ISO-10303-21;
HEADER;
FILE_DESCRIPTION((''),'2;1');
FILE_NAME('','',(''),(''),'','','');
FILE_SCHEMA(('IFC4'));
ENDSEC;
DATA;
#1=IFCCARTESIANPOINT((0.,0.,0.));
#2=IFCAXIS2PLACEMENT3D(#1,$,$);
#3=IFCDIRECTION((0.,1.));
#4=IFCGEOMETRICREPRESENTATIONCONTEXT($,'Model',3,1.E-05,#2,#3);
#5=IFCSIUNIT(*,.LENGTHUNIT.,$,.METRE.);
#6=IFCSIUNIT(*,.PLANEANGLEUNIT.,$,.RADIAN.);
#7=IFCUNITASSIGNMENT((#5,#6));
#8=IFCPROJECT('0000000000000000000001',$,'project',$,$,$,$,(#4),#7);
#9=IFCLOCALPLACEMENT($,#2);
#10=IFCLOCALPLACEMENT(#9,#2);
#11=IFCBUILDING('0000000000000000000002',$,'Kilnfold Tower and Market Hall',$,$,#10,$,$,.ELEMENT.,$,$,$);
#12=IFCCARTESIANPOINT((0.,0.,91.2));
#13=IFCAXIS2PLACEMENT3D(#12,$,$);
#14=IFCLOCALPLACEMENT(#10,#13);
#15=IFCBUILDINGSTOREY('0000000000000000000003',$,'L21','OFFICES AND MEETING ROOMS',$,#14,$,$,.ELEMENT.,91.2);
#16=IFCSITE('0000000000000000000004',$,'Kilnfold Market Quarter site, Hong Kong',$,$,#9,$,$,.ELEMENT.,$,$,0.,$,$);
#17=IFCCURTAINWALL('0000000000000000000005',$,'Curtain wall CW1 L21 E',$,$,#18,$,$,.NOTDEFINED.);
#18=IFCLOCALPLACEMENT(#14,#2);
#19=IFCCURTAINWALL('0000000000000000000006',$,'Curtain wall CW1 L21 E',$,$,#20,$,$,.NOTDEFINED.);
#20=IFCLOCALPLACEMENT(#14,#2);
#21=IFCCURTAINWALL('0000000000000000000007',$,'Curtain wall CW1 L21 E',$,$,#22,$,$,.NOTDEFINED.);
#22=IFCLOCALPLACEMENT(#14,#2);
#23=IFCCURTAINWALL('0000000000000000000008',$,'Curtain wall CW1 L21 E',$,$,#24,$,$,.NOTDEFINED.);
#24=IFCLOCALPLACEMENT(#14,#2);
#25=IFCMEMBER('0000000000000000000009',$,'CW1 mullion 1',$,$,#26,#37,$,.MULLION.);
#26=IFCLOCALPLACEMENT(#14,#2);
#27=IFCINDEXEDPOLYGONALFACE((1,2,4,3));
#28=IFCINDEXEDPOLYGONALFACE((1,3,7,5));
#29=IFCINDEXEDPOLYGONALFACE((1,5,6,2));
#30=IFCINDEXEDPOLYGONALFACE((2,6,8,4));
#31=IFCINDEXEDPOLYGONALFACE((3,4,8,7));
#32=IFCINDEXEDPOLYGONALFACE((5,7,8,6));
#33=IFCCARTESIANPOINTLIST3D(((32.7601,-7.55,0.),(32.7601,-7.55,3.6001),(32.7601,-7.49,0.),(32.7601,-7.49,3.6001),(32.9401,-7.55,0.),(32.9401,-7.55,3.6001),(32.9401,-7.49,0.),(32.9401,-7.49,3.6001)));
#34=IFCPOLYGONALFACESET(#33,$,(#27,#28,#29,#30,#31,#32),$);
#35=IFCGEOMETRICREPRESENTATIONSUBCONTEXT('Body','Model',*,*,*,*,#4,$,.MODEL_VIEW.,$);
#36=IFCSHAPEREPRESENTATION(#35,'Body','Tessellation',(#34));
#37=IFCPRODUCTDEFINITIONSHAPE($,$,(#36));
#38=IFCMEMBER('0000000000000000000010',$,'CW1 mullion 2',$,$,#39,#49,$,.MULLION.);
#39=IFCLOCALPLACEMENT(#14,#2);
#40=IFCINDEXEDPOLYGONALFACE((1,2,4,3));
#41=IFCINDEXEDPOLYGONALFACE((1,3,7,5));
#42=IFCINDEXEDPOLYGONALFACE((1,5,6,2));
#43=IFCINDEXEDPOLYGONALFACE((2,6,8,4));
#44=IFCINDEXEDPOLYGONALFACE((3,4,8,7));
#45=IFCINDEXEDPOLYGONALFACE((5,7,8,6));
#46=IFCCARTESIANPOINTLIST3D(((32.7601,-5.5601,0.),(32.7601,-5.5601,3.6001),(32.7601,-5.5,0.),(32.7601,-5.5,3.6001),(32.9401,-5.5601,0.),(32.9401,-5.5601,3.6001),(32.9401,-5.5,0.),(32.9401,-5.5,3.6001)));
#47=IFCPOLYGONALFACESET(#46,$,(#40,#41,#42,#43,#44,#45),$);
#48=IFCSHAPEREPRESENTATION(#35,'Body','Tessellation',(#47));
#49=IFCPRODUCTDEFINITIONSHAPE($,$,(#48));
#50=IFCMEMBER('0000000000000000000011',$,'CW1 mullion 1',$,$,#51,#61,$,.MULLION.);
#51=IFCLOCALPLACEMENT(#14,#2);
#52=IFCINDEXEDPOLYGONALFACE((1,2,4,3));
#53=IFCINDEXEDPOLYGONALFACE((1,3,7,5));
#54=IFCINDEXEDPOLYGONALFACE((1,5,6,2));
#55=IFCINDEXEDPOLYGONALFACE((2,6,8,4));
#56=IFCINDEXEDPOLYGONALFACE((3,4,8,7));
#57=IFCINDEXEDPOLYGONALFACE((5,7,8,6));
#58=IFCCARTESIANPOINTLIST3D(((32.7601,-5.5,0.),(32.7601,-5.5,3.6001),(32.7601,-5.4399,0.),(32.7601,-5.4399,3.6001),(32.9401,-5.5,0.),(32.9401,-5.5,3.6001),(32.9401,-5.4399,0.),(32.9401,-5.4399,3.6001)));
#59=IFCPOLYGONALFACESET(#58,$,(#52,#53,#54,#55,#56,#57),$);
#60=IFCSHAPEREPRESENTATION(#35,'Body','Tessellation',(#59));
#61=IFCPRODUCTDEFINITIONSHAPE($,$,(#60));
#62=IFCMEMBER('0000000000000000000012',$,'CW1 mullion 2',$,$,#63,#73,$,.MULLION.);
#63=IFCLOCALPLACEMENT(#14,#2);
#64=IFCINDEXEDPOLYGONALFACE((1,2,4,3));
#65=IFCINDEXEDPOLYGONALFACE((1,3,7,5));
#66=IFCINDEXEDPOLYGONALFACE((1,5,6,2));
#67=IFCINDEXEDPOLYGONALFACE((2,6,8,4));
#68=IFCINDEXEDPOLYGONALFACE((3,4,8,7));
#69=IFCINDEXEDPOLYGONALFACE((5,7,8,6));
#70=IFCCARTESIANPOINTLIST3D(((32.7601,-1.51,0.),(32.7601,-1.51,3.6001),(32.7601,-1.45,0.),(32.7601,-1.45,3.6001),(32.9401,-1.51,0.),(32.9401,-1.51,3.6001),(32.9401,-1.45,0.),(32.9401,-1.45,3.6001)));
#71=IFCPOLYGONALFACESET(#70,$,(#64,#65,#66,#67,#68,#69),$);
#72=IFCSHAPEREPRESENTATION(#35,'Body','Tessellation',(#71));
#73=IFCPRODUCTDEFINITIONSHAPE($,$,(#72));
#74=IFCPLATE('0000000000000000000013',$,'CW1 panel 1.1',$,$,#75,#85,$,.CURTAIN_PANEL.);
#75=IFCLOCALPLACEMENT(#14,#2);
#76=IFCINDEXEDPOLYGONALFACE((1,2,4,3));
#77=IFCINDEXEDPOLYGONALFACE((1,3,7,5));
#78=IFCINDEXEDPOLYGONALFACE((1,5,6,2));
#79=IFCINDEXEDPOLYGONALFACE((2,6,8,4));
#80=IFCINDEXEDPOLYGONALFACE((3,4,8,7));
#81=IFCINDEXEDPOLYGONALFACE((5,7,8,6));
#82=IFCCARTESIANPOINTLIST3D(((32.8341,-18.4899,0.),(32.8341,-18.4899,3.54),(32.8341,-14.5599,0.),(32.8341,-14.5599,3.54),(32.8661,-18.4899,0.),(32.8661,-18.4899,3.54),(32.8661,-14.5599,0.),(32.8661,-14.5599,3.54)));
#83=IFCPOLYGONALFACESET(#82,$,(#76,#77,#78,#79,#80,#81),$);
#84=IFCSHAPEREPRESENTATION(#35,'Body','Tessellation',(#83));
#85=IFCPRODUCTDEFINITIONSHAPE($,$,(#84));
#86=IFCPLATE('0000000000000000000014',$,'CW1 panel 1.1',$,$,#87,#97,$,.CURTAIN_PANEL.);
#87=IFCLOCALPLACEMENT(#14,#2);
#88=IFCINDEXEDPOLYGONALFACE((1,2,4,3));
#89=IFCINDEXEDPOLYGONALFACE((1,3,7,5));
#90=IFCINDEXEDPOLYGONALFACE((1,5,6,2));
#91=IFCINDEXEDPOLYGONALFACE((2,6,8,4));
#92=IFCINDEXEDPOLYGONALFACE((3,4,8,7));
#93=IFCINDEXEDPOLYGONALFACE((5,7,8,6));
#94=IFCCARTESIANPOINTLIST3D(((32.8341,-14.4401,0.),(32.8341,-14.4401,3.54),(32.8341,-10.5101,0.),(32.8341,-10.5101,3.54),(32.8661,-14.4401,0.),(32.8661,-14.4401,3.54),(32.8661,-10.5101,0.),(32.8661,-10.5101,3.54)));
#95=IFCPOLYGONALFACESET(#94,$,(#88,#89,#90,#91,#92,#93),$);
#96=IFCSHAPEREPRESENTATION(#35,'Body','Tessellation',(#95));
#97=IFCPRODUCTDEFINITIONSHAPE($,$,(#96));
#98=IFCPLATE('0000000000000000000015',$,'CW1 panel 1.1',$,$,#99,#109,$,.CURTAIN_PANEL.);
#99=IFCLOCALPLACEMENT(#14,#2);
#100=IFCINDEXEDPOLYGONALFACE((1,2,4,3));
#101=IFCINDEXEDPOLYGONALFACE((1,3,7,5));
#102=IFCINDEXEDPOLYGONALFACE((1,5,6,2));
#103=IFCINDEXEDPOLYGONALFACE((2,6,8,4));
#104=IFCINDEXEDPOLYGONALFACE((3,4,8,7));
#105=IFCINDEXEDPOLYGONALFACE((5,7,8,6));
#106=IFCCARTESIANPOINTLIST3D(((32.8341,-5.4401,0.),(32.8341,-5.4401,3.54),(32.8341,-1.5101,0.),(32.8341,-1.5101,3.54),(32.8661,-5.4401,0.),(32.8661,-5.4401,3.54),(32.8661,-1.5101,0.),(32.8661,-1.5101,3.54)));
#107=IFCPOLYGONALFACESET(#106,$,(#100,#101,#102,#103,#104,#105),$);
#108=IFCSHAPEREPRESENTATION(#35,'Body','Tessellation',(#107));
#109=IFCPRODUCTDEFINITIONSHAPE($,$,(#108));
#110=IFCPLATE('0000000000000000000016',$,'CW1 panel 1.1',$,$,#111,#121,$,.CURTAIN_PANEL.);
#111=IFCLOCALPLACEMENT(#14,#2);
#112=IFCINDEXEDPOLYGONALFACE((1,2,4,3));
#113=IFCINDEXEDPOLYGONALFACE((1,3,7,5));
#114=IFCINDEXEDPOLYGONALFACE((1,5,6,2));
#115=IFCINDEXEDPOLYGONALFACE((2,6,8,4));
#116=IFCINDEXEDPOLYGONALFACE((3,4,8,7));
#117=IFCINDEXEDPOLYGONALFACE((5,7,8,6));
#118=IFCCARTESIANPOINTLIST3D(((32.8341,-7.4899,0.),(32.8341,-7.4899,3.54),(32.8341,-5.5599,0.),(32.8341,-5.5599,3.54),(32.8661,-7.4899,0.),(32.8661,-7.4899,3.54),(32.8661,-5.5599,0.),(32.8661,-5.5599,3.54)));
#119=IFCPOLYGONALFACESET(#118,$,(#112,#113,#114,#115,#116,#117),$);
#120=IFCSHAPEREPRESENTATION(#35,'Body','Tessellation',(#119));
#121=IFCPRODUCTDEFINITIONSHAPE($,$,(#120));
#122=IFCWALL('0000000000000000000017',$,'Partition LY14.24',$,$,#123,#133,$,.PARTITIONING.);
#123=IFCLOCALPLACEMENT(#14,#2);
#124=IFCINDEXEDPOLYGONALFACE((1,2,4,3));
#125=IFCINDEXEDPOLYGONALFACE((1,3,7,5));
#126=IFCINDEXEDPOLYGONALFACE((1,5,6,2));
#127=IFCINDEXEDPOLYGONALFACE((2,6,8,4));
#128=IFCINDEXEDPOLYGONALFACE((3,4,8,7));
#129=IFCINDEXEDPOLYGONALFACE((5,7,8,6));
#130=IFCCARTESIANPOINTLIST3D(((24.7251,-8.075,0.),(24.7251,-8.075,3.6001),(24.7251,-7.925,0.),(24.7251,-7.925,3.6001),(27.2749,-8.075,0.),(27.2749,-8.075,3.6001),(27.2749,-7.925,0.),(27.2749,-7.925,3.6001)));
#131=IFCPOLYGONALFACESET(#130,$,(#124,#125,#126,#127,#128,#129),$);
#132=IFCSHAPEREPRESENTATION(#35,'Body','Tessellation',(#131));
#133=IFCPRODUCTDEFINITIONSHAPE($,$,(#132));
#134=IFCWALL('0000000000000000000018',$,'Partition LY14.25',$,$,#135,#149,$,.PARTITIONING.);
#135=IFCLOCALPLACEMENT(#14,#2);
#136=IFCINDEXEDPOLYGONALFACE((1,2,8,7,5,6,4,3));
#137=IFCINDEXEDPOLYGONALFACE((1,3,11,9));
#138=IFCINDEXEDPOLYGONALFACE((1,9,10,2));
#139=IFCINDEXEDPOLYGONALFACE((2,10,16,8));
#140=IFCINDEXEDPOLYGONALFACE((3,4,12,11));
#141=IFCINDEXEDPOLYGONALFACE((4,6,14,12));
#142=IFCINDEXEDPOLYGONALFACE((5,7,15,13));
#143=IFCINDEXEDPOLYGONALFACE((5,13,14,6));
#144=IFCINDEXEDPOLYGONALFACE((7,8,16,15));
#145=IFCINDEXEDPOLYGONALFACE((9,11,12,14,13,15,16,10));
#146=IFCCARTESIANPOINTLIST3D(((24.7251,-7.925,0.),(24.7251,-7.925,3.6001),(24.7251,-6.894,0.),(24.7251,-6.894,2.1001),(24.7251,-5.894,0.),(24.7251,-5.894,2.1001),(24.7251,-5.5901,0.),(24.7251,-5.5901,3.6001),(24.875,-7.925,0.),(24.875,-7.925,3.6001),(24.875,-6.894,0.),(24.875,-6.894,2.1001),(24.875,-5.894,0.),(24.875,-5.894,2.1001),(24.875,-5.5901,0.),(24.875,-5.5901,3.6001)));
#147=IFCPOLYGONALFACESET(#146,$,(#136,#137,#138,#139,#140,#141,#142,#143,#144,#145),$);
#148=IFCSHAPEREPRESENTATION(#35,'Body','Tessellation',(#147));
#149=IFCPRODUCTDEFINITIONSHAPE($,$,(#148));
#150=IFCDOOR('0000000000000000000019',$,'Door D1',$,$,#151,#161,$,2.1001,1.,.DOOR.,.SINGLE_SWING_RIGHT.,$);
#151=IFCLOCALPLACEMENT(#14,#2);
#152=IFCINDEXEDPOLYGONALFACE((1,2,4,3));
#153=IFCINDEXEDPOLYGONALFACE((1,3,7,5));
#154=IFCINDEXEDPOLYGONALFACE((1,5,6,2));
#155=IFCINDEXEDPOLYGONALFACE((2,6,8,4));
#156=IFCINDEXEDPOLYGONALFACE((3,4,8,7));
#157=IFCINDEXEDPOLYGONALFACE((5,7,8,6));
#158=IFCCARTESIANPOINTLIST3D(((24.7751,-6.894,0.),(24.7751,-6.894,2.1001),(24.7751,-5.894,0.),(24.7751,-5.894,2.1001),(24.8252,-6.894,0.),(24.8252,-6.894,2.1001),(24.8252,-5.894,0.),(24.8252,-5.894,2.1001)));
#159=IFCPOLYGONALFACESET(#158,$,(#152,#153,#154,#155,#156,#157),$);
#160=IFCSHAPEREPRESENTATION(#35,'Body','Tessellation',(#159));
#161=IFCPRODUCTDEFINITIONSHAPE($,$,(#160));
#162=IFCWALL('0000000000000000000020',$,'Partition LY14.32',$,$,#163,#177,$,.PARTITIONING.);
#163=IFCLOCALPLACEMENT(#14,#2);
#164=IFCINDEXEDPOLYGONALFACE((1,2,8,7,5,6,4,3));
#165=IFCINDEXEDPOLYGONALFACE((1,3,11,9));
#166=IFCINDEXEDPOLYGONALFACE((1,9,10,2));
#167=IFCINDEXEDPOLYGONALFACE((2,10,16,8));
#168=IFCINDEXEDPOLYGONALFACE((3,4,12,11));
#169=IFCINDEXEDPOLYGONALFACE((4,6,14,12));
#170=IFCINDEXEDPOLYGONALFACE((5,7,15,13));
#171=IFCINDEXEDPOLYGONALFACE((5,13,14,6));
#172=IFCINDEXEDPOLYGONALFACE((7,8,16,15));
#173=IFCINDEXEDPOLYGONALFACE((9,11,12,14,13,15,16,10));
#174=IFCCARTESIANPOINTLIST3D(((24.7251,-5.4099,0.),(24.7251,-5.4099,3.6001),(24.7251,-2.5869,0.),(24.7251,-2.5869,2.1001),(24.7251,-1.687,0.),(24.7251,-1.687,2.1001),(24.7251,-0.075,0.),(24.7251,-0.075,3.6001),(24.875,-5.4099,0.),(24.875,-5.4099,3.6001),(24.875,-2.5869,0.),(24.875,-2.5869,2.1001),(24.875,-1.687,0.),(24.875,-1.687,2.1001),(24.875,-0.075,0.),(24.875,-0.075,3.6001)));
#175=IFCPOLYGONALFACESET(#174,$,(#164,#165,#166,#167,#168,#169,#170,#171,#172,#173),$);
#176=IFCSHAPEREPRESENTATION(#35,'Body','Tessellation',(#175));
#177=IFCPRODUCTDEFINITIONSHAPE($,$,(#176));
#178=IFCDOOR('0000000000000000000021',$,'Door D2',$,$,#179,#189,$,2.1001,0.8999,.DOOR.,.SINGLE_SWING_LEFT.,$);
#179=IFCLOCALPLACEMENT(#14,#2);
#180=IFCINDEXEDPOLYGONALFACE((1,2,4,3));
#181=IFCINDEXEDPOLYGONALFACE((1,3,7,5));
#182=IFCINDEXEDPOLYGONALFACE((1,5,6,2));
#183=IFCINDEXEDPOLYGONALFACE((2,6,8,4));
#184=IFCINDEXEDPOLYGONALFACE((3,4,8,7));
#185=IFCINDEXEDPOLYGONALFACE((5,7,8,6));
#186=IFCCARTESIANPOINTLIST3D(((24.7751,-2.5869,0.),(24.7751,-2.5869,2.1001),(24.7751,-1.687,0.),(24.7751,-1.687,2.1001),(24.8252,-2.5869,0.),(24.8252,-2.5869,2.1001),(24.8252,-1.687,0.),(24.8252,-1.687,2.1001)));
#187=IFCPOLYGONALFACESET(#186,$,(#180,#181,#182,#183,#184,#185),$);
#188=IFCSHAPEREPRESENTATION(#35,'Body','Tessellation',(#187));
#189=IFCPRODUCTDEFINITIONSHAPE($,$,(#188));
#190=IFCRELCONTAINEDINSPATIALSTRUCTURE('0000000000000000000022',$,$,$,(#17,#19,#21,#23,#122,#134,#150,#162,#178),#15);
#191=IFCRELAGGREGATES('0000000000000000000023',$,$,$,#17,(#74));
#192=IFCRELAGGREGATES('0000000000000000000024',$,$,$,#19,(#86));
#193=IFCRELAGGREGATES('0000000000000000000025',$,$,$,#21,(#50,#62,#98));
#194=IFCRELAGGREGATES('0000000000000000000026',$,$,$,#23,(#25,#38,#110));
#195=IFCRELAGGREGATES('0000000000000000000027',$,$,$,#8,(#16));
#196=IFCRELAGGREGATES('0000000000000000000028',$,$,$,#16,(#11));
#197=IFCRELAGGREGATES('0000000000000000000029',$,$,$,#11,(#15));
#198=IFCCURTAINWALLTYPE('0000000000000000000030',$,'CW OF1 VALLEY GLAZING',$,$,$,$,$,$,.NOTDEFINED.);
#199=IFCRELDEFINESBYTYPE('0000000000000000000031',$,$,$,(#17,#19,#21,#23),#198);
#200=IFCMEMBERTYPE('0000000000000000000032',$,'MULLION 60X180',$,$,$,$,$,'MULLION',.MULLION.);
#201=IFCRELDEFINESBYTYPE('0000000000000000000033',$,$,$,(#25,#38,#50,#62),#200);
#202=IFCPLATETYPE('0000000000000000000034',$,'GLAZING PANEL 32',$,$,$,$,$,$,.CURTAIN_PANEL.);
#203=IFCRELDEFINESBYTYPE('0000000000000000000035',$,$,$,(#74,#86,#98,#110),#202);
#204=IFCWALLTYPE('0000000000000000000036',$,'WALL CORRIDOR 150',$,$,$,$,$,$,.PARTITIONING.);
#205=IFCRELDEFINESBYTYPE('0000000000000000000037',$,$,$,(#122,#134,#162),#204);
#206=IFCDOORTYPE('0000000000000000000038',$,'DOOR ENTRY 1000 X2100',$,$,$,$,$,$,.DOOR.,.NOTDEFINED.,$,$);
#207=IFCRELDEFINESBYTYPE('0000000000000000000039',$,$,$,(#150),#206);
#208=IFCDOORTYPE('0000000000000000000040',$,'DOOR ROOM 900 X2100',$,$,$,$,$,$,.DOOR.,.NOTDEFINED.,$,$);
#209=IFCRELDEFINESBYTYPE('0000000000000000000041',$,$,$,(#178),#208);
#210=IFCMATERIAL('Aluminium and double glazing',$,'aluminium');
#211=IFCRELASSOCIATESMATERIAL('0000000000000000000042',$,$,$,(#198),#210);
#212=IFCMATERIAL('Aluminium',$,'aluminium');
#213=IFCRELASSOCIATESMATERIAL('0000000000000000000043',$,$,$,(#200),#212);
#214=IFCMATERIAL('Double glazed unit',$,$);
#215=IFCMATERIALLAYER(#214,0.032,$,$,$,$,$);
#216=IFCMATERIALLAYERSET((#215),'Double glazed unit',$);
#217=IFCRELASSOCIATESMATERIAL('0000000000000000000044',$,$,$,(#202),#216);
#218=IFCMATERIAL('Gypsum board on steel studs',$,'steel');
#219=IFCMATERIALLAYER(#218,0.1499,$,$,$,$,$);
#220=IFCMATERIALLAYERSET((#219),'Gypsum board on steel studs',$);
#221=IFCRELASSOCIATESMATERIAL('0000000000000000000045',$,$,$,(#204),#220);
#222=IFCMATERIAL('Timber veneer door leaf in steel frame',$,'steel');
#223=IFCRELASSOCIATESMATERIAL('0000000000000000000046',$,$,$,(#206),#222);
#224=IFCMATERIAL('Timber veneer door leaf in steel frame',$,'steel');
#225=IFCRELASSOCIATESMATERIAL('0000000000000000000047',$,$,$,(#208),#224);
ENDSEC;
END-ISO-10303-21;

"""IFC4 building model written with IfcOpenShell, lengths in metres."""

from ifc_helpers import new_model, si_unit, direction, frame, frame_2d, origin, origin_2d, place, context, subcontext, project, spatial, rectangle, extrude, source, transform, mapped, material, layer, layer_set, material_profile, profile_set, type_object, element, fill, aggregate, save


model = new_model("IFC4")

# Units and contexts
model_context = context("Model", 3, precision=1e-05, world=origin(), true_north=direction((0.0, 1.0)))
body_context = subcontext(model_context, "Body", "Model", "MODEL_VIEW")
ifc_project = project(units=[si_unit("LENGTHUNIT", "METRE"), si_unit("PLANEANGLEUNIT", "RADIAN")], contexts=[model_context])

# Site, building, storey
site_placement = place(None, origin())
site = spatial("IfcSite", under=ifc_project, at=site_placement, Name="Kilnfold Market Quarter site, Hong Kong", CompositionType="ELEMENT", RefElevation=0.0)
building_placement = place(site_placement, origin())
building = spatial("IfcBuilding", under=site, at=building_placement, Name="Kilnfold Tower and Market Hall", CompositionType="ELEMENT")
storey_placement = place(building_placement, frame((0.0, 0.0, 91.2)))
storey = spatial("IfcBuildingStorey", under=building, at=storey_placement, Name="L21", Description="OFFICES AND MEETING ROOMS", CompositionType="ELEMENT", Elevation=91.2)

# Curtain walls
ifc_material_1 = material(Name="Aluminium and double glazing", Category="aluminium")
curtain_wall_type = type_object("IfcCurtainWallType", Name="CW OF1 VALLEY GLAZING", PredefinedType="NOTDEFINED", material=ifc_material_1)
curtain_wall_1_placement = place(storey_placement, origin())
curtain_wall_1 = element("IfcCurtainWall", 1, at=curtain_wall_1_placement, inside=storey, type_object=curtain_wall_type, Name="Curtain wall CW1 L21 E", PredefinedType="NOTDEFINED")
curtain_wall_2_placement = place(storey_placement, origin())
curtain_wall_2 = element("IfcCurtainWall", 2, at=curtain_wall_2_placement, inside=storey, type_object=curtain_wall_type, Name="Curtain wall CW1 L21 E", PredefinedType="NOTDEFINED")
curtain_wall_3_placement = place(storey_placement, origin())
curtain_wall_3 = element("IfcCurtainWall", 3, at=curtain_wall_3_placement, inside=storey, type_object=curtain_wall_type, Name="Curtain wall CW1 L21 E", PredefinedType="NOTDEFINED")
curtain_wall_4_placement = place(storey_placement, origin())
curtain_wall_4 = element("IfcCurtainWall", 4, at=curtain_wall_4_placement, inside=storey, type_object=curtain_wall_type, Name="Curtain wall CW1 L21 E", PredefinedType="NOTDEFINED")

# Members
ifc_material_2 = material(Name="Aluminium", Category="aluminium")
ifc_material_profile_1 = material_profile(ifc_material_2, rectangle(XDim=0.0601, YDim=0.1799, at=origin_2d()), Name="MULLION 60x180")
ifc_profile_set_1 = profile_set([ifc_material_profile_1], Name="Aluminium")
member_type_1 = type_object("IfcMemberType", Name="MULLION 60X180", ElementType="MULLION", PredefinedType="MULLION", material=ifc_profile_set_1)
shared_shape_1 = source(origin(), body_context, "Body", "SweptSolid", [
    extrude(rectangle(XDim=0.0601, YDim=0.1799, at=origin_2d()), origin(), (0.0, 0.0, 1.0), 3.6001),
])
member_1_placement = place(storey_placement, frame((32.8501, -7.52, 0.0), z_axis=(0.0, 0.0, 1.0), x_axis=(0.0, 1.0, 0.0)))
member_1 = element("IfcMember", 5, at=member_1_placement, type_object=member_type_1, Name="CW1 mullion 1", PredefinedType="MULLION", context=body_context, shape_type="MappedRepresentation", body=[
    mapped(shared_shape_1, transform((0.0, 0.0, 0.0))),
])
member_2_placement = place(storey_placement, frame((32.8501, -5.53, 0.0), z_axis=(0.0, 0.0, 1.0), x_axis=(0.0, 1.0, 0.0)))
member_2 = element("IfcMember", 6, at=member_2_placement, type_object=member_type_1, Name="CW1 mullion 2", PredefinedType="MULLION", context=body_context, shape_type="MappedRepresentation", body=[
    mapped(shared_shape_1, transform((0.0, 0.0, 0.0))),
])
member_3_placement = place(storey_placement, frame((32.8501, -5.47, 0.0), z_axis=(0.0, 0.0, 1.0), x_axis=(0.0, 1.0, 0.0)))
member_3 = element("IfcMember", 7, at=member_3_placement, type_object=member_type_1, Name="CW1 mullion 1", PredefinedType="MULLION", context=body_context, shape_type="MappedRepresentation", body=[
    mapped(shared_shape_1, transform((0.0, 0.0, 0.0))),
])
member_4_placement = place(storey_placement, frame((32.8501, -1.48, 0.0), z_axis=(0.0, 0.0, 1.0), x_axis=(0.0, 1.0, 0.0)))
member_4 = element("IfcMember", 8, at=member_4_placement, type_object=member_type_1, Name="CW1 mullion 2", PredefinedType="MULLION", context=body_context, shape_type="MappedRepresentation", body=[
    mapped(shared_shape_1, transform((0.0, 0.0, 0.0))),
])

# Plates
ifc_material_3 = material(Name="Double glazed unit")
ifc_layer_1 = layer(ifc_material_3, 0.032)
ifc_layer_set_1 = layer_set([ifc_layer_1], Name="Double glazed unit")
plate_type = type_object("IfcPlateType", Name="GLAZING PANEL 32", PredefinedType="CURTAIN_PANEL", material=ifc_layer_set_1)
shared_shape_2 = source(origin(), body_context, "Body", "SweptSolid", [
    extrude(rectangle(XDim=3.9299, YDim=0.032, at=origin_2d()), origin(), (0.0, 0.0, 1.0), 3.54),
])
plate_1_placement = place(storey_placement, frame((32.8501, -16.5249, 0.0), z_axis=(0.0, 0.0, 1.0), x_axis=(0.0, 1.0, 0.0)))
plate_1 = element("IfcPlate", 9, at=plate_1_placement, type_object=plate_type, Name="CW1 panel 1.1", PredefinedType="CURTAIN_PANEL", context=body_context, shape_type="MappedRepresentation", body=[
    mapped(shared_shape_2, transform((0.0, 0.0, 0.0))),
])
aggregate(curtain_wall_1, [plate_1])
plate_2_placement = place(storey_placement, frame((32.8501, -12.4751, 0.0), z_axis=(0.0, 0.0, 1.0), x_axis=(0.0, 1.0, 0.0)))
plate_2 = element("IfcPlate", 10, at=plate_2_placement, type_object=plate_type, Name="CW1 panel 1.1", PredefinedType="CURTAIN_PANEL", context=body_context, shape_type="MappedRepresentation", body=[
    mapped(shared_shape_2, transform((0.0, 0.0, 0.0))),
])
aggregate(curtain_wall_2, [plate_2])
plate_3_placement = place(storey_placement, frame((32.8501, -3.4751, 0.0), z_axis=(0.0, 0.0, 1.0), x_axis=(0.0, 1.0, 0.0)))
plate_3 = element("IfcPlate", 11, at=plate_3_placement, type_object=plate_type, Name="CW1 panel 1.1", PredefinedType="CURTAIN_PANEL", context=body_context, shape_type="MappedRepresentation", body=[
    mapped(shared_shape_2, transform((0.0, 0.0, 0.0))),
])
aggregate(curtain_wall_3, [member_3, member_4, plate_3])
shared_shape_3 = source(origin(), body_context, "Body", "SweptSolid", [
    extrude(rectangle(XDim=1.9299, YDim=0.032, at=origin_2d()), origin(), (0.0, 0.0, 1.0), 3.54),
])
plate_4_placement = place(storey_placement, frame((32.8501, -6.5249, 0.0), z_axis=(0.0, 0.0, 1.0), x_axis=(0.0, 1.0, 0.0)))
plate_4 = element("IfcPlate", 12, at=plate_4_placement, type_object=plate_type, Name="CW1 panel 1.1", PredefinedType="CURTAIN_PANEL", context=body_context, shape_type="MappedRepresentation", body=[
    mapped(shared_shape_3, transform((0.0, 0.0, 0.0))),
])
aggregate(curtain_wall_4, [member_1, member_2, plate_4])

# Wall
ifc_material_4 = material(Name="Gypsum board on steel studs", Category="steel")
ifc_layer_2 = layer(ifc_material_4, 0.1499)
ifc_layer_set_2 = layer_set([ifc_layer_2], Name="Gypsum board on steel studs")
wall_type_1 = type_object("IfcWallType", Name="WALL CORRIDOR 150", PredefinedType="PARTITIONING", material=ifc_layer_set_2)
wall_1_placement = place(storey_placement, frame((24.7251, -8.0, 0.0), z_axis=(0.0, 0.0, 1.0), x_axis=(1.0, 0.0, 0.0)))
element("IfcWall", 13, at=wall_1_placement, inside=storey, type_object=wall_type_1, Name="Partition LY14.24", PredefinedType="PARTITIONING", context=body_context, shape_type="SweptSolid", body=[
    extrude(rectangle(XDim=2.5498, YDim=0.1499, at=frame_2d((1.2749, 0.0))), origin(), (0.0, 0.0, 1.0), 3.6001),
])

# Walls, openings, doors
wall_2_placement = place(storey_placement, frame((24.8, -7.925, 0.0), z_axis=(0.0, 0.0, 1.0), x_axis=(0.0, 1.0, 0.0)))
wall_2 = element("IfcWall", 14, at=wall_2_placement, inside=storey, type_object=wall_type_1, Name="Partition LY14.25", PredefinedType="PARTITIONING", context=body_context, shape_type="SweptSolid", body=[
    extrude(rectangle(XDim=2.335, YDim=0.1499, at=frame_2d((1.1675, 0.0))), origin(), (0.0, 0.0, 1.0), 3.6001),
])
opening_1_placement = place(wall_2_placement, frame((1.031, 0.0, 0.0)))
opening_1 = element("IfcOpeningElement", 15, at=opening_1_placement, cuts=wall_2, PredefinedType="OPENING", context=body_context, shape_type="SweptSolid", body=[
    extrude(rectangle(XDim=1.0, YDim=2.1001, at=frame_2d((0.5, 1.05))), frame((0.0, 0.085, 0.0), z_axis=(0.0, -1.0, 0.0), x_axis=(1.0, 0.0, 0.0)), (0.0, 0.0, 1.0), 0.1699),
])
ifc_material_5 = material(Name="Timber veneer door leaf in steel frame", Category="steel")
door_type_1 = type_object("IfcDoorType", Name="DOOR ENTRY 1000 X2100", OperationType="NOTDEFINED", PredefinedType="DOOR", material=ifc_material_5)
door_1_placement = place(opening_1_placement, origin())
door_1 = element("IfcDoor", 16, at=door_1_placement, inside=storey, type_object=door_type_1, Name="Door D1", OperationType="SINGLE_SWING_RIGHT", OverallHeight=2.1001, OverallWidth=1.0, PredefinedType="DOOR", context=body_context, shape_type="SweptSolid", body=[
    extrude(rectangle(XDim=1.0, YDim=2.1001, at=frame_2d((0.5, 1.05))), frame((0.0, 0.0249, 0.0), z_axis=(0.0, -1.0, 0.0), x_axis=(1.0, 0.0, 0.0)), (0.0, 0.0, 1.0), 0.05),
])
fill(opening_1, door_1)
wall_3_placement = place(storey_placement, frame((24.8, -5.4099, 0.0), z_axis=(0.0, 0.0, 1.0), x_axis=(0.0, 1.0, 0.0)))
wall_3 = element("IfcWall", 17, at=wall_3_placement, inside=storey, type_object=wall_type_1, Name="Partition LY14.32", PredefinedType="PARTITIONING", context=body_context, shape_type="SweptSolid", body=[
    extrude(rectangle(XDim=5.335, YDim=0.1499, at=frame_2d((2.6675, 0.0))), origin(), (0.0, 0.0, 1.0), 3.6001),
])
opening_2_placement = place(wall_3_placement, frame((2.823, 0.0, 0.0)))
opening_2 = element("IfcOpeningElement", 18, at=opening_2_placement, cuts=wall_3, PredefinedType="OPENING", context=body_context, shape_type="SweptSolid", body=[
    extrude(rectangle(XDim=0.8999, YDim=2.1001, at=frame_2d((0.45, 1.05))), frame((0.0, 0.085, 0.0), z_axis=(0.0, -1.0, 0.0), x_axis=(1.0, 0.0, 0.0)), (0.0, 0.0, 1.0), 0.1699),
])
ifc_material_6 = material(Name="Timber veneer door leaf in steel frame", Category="steel")
door_type_2 = type_object("IfcDoorType", Name="DOOR ROOM 900 X2100", OperationType="NOTDEFINED", PredefinedType="DOOR", material=ifc_material_6)
door_2_placement = place(opening_2_placement, origin())
door_2 = element("IfcDoor", 19, at=door_2_placement, inside=storey, type_object=door_type_2, Name="Door D2", OperationType="SINGLE_SWING_LEFT", OverallHeight=2.1001, OverallWidth=0.8999, PredefinedType="DOOR", context=body_context, shape_type="SweptSolid", body=[
    extrude(rectangle(XDim=0.8999, YDim=2.1001, at=frame_2d((0.45, 1.05))), frame((0.0, 0.0249, 0.0), z_axis=(0.0, -1.0, 0.0), x_axis=(1.0, 0.0, 0.0)), (0.0, 0.0, 1.0), 0.05),
])
fill(opening_2, door_2)

save(model, "model.ifc")
